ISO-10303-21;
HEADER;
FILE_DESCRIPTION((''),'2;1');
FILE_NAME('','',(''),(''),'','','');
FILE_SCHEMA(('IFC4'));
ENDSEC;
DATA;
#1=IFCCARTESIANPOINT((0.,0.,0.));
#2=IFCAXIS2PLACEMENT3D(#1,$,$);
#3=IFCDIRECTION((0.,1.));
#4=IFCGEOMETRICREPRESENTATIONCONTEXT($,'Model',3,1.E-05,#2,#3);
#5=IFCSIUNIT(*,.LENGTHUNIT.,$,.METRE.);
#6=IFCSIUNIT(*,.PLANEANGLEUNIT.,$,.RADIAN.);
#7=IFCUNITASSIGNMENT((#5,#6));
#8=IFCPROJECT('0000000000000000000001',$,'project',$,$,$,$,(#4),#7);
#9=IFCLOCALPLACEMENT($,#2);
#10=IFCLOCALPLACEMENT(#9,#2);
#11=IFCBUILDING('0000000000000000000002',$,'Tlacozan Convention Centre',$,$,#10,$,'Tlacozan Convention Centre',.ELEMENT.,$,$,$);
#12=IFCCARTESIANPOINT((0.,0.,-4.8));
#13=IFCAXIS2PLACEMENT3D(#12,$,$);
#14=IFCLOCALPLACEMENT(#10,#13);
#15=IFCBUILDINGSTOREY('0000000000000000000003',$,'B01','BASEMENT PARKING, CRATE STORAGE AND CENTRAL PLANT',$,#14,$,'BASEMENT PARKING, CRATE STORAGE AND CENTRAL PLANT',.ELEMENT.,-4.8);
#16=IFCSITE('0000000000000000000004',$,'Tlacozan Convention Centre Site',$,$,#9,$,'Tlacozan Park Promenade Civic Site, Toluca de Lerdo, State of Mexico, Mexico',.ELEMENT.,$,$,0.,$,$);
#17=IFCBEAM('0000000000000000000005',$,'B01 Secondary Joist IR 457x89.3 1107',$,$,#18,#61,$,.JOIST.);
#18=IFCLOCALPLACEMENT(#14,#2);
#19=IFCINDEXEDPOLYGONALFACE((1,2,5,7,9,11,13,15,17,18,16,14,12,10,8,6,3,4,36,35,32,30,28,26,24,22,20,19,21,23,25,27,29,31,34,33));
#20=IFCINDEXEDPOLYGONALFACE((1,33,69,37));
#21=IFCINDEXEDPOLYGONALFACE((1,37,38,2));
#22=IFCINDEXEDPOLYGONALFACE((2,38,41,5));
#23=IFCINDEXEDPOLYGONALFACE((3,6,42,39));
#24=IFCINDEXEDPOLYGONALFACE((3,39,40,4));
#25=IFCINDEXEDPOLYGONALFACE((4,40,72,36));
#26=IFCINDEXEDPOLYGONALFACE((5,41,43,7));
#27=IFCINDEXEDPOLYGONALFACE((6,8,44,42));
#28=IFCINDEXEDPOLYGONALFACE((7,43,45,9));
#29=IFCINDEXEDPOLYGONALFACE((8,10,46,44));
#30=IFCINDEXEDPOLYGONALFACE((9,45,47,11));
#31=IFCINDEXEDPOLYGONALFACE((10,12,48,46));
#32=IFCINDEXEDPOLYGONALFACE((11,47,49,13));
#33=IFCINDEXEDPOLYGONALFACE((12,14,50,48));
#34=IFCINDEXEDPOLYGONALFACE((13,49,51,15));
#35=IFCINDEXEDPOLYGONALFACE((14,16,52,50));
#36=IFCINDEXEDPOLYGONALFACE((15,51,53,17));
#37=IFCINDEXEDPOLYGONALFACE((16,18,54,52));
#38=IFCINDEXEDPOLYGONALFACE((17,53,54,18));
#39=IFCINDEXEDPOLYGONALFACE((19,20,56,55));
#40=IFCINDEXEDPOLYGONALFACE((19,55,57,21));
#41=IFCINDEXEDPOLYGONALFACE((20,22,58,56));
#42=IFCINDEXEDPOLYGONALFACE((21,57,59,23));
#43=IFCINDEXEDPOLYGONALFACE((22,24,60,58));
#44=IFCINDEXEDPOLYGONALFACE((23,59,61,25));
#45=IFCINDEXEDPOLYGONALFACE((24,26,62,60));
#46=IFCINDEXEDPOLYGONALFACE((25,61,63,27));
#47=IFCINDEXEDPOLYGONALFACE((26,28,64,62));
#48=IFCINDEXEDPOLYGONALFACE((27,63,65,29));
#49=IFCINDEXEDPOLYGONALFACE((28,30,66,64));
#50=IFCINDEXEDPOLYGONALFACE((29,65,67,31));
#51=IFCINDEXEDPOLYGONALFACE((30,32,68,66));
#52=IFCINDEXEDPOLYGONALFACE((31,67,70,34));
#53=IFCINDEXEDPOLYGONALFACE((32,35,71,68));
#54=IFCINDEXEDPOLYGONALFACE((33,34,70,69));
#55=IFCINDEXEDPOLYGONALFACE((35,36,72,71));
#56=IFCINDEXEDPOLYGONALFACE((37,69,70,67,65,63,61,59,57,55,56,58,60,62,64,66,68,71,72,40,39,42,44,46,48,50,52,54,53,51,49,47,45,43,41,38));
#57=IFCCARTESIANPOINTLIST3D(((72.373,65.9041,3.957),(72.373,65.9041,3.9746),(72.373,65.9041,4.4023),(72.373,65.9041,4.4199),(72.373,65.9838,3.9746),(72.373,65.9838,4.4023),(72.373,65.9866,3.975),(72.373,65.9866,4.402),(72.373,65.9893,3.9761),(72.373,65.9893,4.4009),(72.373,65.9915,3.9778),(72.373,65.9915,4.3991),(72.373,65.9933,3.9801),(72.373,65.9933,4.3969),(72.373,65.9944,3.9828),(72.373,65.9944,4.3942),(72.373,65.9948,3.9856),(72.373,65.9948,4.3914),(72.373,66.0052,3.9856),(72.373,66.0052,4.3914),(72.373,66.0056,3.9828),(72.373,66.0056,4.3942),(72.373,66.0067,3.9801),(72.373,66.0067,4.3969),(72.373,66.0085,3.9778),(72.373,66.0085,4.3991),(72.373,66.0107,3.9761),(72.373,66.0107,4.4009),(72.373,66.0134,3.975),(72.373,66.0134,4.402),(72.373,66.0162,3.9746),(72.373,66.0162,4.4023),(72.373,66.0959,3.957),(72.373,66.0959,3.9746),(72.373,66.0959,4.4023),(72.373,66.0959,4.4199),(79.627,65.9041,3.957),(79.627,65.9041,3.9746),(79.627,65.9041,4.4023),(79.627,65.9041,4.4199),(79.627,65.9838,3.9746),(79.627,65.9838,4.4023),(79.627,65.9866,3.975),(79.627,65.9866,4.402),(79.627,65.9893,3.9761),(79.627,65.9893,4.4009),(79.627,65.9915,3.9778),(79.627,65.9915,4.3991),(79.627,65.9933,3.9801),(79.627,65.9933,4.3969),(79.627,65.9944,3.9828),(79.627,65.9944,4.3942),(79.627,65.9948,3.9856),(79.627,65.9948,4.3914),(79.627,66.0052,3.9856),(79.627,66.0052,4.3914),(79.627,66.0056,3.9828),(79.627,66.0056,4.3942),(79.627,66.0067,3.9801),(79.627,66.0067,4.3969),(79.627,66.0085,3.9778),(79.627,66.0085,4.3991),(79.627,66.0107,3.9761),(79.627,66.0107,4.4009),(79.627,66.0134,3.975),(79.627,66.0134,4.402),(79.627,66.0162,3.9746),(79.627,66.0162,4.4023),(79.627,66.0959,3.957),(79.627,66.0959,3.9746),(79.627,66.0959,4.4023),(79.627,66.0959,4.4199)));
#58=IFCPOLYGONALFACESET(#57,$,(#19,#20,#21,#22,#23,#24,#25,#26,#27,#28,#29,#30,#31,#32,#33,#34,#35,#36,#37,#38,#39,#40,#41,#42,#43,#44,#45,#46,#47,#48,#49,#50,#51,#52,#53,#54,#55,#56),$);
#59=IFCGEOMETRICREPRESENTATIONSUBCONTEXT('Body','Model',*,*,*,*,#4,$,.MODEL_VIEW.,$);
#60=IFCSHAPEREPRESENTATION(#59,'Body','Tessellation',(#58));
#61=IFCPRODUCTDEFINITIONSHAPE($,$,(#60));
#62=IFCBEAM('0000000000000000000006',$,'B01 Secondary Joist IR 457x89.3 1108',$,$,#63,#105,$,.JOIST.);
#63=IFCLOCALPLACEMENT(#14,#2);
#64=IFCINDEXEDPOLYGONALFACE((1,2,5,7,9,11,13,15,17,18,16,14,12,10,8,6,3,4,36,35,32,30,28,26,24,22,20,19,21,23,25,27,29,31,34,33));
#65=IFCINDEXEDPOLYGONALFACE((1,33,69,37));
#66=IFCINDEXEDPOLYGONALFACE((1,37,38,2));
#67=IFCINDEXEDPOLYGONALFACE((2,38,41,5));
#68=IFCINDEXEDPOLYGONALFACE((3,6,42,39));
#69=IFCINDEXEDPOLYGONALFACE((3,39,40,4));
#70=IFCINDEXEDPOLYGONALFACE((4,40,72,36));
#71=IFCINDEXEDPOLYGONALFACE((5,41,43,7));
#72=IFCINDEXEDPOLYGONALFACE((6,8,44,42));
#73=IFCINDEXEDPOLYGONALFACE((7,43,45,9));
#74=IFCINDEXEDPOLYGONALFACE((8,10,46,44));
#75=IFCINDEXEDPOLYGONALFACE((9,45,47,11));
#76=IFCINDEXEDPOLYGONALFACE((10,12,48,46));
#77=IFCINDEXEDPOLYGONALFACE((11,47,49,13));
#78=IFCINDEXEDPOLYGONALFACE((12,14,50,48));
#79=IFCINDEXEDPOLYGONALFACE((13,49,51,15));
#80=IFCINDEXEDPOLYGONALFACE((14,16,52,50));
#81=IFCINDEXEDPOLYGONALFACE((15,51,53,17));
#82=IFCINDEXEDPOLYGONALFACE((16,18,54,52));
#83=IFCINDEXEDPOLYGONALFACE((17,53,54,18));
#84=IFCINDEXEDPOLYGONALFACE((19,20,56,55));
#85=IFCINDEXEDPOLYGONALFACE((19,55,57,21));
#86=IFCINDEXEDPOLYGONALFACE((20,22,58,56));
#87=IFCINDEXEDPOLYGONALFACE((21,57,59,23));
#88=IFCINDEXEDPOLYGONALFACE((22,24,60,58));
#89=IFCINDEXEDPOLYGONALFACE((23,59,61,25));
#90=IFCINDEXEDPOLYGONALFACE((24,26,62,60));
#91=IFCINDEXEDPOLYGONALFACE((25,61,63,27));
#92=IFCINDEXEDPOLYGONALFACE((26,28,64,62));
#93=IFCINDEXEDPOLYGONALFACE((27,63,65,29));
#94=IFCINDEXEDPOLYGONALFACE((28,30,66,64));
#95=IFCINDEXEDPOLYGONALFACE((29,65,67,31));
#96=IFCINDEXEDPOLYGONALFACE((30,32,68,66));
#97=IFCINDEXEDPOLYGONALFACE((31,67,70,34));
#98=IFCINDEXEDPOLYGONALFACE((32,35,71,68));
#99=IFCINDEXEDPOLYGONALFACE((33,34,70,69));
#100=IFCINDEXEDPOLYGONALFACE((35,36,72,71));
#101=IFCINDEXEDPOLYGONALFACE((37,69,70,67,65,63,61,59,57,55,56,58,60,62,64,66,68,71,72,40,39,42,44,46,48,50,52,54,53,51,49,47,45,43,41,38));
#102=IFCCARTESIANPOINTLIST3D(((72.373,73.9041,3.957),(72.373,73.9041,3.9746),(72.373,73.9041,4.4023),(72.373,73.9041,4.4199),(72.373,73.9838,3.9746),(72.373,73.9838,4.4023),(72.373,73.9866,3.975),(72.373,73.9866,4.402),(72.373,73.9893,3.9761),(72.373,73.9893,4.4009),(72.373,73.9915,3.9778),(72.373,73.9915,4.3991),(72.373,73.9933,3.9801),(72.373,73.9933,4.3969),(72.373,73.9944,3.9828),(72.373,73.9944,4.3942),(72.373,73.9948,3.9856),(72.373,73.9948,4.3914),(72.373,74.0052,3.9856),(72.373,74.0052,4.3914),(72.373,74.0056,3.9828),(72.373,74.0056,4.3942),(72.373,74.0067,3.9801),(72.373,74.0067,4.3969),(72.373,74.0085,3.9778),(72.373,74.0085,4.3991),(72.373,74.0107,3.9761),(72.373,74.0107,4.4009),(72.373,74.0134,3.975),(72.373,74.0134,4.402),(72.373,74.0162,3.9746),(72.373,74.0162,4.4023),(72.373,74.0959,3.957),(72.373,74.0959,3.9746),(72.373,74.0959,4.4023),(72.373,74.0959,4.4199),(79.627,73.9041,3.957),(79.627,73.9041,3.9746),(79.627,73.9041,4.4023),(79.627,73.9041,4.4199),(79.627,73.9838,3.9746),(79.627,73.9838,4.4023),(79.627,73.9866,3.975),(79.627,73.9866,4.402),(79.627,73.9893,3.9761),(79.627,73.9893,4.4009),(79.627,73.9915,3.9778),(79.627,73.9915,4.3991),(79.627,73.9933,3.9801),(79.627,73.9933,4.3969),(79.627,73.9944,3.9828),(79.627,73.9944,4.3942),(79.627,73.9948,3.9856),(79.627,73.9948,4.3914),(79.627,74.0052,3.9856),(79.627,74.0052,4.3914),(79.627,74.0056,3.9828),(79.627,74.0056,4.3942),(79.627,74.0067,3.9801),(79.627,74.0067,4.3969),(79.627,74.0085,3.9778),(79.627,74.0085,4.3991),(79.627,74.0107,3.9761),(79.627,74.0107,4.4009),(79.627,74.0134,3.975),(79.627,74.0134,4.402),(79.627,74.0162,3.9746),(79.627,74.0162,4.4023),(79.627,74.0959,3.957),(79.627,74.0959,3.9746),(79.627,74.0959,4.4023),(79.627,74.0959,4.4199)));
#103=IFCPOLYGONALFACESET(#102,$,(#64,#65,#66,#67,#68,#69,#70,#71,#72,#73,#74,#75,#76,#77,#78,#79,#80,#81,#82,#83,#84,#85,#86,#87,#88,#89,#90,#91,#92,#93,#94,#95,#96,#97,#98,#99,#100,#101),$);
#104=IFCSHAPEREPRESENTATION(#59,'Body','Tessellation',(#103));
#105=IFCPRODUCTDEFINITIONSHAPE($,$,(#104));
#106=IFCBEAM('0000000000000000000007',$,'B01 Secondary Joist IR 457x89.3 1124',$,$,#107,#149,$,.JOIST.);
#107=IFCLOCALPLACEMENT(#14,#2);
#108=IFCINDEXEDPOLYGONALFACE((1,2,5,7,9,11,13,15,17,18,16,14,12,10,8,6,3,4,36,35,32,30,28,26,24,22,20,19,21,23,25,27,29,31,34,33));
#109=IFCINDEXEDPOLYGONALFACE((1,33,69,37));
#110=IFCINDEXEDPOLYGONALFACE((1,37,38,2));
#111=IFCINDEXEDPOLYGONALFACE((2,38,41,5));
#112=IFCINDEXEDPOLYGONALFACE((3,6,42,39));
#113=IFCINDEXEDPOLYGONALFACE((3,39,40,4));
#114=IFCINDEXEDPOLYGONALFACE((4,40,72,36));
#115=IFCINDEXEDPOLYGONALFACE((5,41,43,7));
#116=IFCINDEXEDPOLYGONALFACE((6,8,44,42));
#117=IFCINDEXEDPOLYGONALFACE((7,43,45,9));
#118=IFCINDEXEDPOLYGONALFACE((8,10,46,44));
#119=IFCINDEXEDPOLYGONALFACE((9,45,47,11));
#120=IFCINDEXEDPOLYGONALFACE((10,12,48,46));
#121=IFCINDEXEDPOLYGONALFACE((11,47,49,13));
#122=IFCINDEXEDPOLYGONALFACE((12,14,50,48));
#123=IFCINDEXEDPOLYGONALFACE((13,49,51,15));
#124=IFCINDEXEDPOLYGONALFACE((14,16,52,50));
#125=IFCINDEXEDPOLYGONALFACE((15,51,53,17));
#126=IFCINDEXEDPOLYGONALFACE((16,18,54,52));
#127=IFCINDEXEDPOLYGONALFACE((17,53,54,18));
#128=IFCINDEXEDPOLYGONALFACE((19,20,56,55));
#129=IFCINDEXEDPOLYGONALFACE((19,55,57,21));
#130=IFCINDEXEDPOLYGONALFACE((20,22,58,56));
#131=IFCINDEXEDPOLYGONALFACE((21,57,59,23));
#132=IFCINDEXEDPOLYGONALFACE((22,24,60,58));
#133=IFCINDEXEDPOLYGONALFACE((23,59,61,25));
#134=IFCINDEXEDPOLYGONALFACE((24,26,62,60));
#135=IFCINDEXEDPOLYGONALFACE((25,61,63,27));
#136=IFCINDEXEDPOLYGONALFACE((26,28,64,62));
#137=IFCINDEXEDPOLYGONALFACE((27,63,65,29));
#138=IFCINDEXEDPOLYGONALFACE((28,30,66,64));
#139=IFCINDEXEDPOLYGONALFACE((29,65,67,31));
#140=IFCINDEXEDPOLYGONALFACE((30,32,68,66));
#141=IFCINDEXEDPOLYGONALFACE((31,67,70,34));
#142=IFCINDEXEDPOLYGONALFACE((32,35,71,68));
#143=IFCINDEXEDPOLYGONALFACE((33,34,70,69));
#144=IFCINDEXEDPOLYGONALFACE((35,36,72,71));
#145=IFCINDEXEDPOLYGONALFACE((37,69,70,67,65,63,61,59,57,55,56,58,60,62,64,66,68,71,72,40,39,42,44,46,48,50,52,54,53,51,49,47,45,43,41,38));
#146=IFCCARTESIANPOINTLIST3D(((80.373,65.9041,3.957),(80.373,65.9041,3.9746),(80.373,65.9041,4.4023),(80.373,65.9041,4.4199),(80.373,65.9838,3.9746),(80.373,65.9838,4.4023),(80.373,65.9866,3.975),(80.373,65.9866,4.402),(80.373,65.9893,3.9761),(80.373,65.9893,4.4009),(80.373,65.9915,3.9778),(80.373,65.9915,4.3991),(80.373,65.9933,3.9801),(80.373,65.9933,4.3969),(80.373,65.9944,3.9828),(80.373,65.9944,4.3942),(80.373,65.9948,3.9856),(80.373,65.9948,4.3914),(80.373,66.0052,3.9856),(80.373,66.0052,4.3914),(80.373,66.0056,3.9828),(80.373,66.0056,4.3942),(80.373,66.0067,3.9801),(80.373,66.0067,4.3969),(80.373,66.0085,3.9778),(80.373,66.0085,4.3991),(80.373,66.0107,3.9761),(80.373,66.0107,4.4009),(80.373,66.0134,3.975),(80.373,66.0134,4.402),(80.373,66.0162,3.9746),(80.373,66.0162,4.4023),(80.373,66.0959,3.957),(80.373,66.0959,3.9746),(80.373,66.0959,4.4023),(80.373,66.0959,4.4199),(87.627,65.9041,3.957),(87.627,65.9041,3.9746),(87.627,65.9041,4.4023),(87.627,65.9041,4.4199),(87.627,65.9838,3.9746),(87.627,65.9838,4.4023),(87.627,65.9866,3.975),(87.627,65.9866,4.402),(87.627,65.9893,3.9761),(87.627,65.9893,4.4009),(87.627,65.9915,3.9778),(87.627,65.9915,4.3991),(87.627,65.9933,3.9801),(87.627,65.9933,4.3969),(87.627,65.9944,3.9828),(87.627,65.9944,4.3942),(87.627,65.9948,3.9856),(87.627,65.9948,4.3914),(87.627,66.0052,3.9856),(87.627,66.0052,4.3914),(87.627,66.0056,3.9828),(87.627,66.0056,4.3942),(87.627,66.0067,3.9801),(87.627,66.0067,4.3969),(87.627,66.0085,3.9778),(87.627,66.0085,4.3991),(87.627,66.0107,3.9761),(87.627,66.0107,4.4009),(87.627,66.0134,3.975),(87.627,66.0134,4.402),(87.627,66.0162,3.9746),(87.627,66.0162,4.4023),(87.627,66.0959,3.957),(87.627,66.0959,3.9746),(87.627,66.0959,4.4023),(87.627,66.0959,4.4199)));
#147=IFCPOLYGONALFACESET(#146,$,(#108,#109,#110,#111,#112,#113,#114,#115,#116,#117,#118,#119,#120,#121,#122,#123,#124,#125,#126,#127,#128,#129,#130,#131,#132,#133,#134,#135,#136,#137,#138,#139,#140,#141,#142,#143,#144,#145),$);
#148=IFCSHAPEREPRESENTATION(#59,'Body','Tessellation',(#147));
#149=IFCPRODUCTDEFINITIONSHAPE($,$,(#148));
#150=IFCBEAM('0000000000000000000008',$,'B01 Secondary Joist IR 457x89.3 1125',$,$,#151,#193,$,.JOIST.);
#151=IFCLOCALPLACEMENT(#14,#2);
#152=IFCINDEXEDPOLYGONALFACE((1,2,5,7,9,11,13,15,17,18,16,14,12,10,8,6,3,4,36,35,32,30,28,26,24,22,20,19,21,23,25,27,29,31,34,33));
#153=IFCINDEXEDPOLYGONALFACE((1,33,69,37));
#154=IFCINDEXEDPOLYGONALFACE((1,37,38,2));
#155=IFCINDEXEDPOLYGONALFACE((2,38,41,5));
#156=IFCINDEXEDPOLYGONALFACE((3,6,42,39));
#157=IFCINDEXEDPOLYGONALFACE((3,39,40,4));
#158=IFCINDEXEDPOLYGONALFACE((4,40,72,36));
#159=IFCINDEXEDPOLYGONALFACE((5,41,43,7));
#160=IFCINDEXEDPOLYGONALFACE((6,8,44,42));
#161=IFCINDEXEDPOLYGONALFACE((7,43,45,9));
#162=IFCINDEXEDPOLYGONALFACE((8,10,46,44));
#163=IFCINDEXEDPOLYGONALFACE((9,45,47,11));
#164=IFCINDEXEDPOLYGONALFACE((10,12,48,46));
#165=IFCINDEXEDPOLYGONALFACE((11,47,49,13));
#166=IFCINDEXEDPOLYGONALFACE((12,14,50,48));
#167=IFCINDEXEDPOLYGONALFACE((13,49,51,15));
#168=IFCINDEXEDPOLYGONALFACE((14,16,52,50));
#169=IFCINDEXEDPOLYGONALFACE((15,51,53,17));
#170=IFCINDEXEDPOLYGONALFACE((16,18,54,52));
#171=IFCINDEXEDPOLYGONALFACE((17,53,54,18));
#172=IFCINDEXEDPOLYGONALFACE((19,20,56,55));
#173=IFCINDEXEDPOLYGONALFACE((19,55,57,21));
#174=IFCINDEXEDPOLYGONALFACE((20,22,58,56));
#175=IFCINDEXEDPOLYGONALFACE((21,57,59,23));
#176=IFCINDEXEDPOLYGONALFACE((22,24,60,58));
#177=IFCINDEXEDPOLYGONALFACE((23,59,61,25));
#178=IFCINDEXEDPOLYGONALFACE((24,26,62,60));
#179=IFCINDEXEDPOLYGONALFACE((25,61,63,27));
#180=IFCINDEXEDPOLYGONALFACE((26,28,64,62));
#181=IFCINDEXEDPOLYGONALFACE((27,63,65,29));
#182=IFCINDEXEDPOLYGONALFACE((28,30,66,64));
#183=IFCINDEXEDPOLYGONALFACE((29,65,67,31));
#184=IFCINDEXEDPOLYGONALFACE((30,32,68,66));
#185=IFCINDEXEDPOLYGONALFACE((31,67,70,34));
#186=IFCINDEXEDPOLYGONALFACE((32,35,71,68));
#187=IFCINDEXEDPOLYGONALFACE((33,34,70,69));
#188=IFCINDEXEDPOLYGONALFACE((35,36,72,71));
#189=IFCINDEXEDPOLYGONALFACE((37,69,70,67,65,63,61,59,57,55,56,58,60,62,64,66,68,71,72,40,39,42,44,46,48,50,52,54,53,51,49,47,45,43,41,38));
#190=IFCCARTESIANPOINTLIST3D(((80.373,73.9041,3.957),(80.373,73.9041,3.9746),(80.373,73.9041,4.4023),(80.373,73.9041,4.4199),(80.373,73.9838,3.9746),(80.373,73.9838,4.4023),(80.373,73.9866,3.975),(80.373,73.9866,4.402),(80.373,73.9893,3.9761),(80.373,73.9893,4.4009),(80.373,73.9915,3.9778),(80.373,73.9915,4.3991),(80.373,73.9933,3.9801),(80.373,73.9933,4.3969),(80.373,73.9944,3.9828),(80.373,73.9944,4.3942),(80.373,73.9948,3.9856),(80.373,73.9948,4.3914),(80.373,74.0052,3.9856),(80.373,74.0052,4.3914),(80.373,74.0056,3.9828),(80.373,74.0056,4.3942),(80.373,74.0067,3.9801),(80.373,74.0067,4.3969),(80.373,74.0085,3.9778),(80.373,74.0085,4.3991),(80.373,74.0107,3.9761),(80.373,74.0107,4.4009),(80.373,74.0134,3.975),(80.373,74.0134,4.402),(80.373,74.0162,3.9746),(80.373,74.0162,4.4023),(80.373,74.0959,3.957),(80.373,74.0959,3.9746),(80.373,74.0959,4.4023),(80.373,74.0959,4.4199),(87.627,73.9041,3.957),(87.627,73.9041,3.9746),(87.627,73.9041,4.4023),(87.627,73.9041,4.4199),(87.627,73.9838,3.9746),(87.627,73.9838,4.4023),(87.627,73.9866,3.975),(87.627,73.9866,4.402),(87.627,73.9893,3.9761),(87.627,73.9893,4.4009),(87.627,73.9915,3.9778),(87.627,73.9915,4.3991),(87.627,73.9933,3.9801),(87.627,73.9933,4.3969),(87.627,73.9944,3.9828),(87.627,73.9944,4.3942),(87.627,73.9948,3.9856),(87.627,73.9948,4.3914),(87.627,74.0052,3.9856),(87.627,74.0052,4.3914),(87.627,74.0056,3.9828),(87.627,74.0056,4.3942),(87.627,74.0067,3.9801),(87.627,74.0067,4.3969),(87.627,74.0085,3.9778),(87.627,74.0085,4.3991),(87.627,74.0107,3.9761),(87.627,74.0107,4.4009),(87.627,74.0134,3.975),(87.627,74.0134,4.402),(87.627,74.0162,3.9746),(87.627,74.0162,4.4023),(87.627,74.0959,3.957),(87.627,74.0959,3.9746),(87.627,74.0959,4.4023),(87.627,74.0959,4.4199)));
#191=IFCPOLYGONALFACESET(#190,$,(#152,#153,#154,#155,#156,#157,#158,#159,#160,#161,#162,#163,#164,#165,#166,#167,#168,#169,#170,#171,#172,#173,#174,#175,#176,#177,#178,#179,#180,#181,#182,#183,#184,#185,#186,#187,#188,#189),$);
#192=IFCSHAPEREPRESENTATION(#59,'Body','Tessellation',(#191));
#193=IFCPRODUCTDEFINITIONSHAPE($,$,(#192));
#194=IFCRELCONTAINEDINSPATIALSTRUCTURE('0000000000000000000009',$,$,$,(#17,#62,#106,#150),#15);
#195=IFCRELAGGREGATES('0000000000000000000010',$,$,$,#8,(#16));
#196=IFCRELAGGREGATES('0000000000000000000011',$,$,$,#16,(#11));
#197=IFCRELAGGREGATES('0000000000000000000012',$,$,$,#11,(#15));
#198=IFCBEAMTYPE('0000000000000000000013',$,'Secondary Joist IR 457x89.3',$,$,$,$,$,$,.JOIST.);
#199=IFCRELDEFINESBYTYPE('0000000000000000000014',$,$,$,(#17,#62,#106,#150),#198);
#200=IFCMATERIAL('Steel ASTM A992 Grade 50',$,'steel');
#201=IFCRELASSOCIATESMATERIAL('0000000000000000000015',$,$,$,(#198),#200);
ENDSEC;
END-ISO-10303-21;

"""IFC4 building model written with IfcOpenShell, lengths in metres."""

from ifc_helpers import new_model, si_unit, direction, frame, origin, origin_2d, place, context, subcontext, project, spatial, i_section, extrude, material, material_profile, profile_set, type_object, element, save


model = new_model("IFC4")

# Units and contexts
model_context = context("Model", 3, precision=1e-05, world=origin(), true_north=direction((0.0, 1.0)))
body_context = subcontext(model_context, "Body", "Model", "MODEL_VIEW")
ifc_project = project(units=[si_unit("LENGTHUNIT", "METRE"), si_unit("PLANEANGLEUNIT", "RADIAN")], contexts=[model_context])

# Site, building, storey
site_placement = place(None, origin())
site = spatial("IfcSite", under=ifc_project, at=site_placement, Name="Tlacozan Convention Centre Site", LongName="Tlacozan Park Promenade Civic Site, Toluca de Lerdo, State of Mexico, Mexico", CompositionType="ELEMENT", RefElevation=0.0)
building_placement = place(site_placement, origin())
building = spatial("IfcBuilding", under=site, at=building_placement, Name="Tlacozan Convention Centre", LongName="Tlacozan Convention Centre", CompositionType="ELEMENT")
storey_placement = place(building_placement, frame((0.0, 0.0, -4.8)))
storey = spatial("IfcBuildingStorey", under=building, at=storey_placement, Name="B01", Description="BASEMENT PARKING, CRATE STORAGE AND CENTRAL PLANT", LongName="BASEMENT PARKING, CRATE STORAGE AND CENTRAL PLANT", CompositionType="ELEMENT", Elevation=-4.8)

# Beams
ifc_material_1 = material(Name="Steel ASTM A992 Grade 50", Category="steel")
ifc_material_profile_1 = material_profile(ifc_material_1, i_section(OverallWidth=0.1919, OverallDepth=0.4629, WebThickness=0.0105, FlangeThickness=0.0176, FilletRadius=0.011, at=origin_2d()), Name="IR 457x89.3")
ifc_profile_set_1 = profile_set([ifc_material_profile_1], Name="Steel ASTM A992 Grade 50")
beam_type_1 = type_object("IfcBeamType", Name="Secondary Joist IR 457x89.3", PredefinedType="JOIST", material=ifc_profile_set_1)
for number, where, z_axis, x_axis, name in (
    (1, (72.373, 66.0, 4.1885), (1.0, 0.0, 0.0), (0.0, 1.0, 0.0), "B01 Secondary Joist IR 457x89.3 1107"),
    (2, (72.373, 74.0, 4.1885), (1.0, 0.0, 0.0), (0.0, 1.0, 0.0), "B01 Secondary Joist IR 457x89.3 1108"),
    (3, (80.373, 66.0, 4.1885), (1.0, 0.0, 0.0), (0.0, 1.0, 0.0), "B01 Secondary Joist IR 457x89.3 1124"),
    (4, (80.373, 74.0, 4.1885), (1.0, 0.0, 0.0), (0.0, 1.0, 0.0), "B01 Secondary Joist IR 457x89.3 1125"),
):
    element("IfcBeam", number, at=place(storey_placement, frame(where, z_axis=z_axis, x_axis=x_axis)), inside=storey, type_object=beam_type_1, Name=name, PredefinedType="JOIST", context=body_context, shape_type="SweptSolid", body=[
        extrude(i_section(OverallWidth=0.1919, OverallDepth=0.4629, WebThickness=0.0105, FlangeThickness=0.0176, FilletRadius=0.011, at=origin_2d()), origin(), (0.0, 0.0, 1.0), 7.2539),
    ])

save(model, "model.ifc")
